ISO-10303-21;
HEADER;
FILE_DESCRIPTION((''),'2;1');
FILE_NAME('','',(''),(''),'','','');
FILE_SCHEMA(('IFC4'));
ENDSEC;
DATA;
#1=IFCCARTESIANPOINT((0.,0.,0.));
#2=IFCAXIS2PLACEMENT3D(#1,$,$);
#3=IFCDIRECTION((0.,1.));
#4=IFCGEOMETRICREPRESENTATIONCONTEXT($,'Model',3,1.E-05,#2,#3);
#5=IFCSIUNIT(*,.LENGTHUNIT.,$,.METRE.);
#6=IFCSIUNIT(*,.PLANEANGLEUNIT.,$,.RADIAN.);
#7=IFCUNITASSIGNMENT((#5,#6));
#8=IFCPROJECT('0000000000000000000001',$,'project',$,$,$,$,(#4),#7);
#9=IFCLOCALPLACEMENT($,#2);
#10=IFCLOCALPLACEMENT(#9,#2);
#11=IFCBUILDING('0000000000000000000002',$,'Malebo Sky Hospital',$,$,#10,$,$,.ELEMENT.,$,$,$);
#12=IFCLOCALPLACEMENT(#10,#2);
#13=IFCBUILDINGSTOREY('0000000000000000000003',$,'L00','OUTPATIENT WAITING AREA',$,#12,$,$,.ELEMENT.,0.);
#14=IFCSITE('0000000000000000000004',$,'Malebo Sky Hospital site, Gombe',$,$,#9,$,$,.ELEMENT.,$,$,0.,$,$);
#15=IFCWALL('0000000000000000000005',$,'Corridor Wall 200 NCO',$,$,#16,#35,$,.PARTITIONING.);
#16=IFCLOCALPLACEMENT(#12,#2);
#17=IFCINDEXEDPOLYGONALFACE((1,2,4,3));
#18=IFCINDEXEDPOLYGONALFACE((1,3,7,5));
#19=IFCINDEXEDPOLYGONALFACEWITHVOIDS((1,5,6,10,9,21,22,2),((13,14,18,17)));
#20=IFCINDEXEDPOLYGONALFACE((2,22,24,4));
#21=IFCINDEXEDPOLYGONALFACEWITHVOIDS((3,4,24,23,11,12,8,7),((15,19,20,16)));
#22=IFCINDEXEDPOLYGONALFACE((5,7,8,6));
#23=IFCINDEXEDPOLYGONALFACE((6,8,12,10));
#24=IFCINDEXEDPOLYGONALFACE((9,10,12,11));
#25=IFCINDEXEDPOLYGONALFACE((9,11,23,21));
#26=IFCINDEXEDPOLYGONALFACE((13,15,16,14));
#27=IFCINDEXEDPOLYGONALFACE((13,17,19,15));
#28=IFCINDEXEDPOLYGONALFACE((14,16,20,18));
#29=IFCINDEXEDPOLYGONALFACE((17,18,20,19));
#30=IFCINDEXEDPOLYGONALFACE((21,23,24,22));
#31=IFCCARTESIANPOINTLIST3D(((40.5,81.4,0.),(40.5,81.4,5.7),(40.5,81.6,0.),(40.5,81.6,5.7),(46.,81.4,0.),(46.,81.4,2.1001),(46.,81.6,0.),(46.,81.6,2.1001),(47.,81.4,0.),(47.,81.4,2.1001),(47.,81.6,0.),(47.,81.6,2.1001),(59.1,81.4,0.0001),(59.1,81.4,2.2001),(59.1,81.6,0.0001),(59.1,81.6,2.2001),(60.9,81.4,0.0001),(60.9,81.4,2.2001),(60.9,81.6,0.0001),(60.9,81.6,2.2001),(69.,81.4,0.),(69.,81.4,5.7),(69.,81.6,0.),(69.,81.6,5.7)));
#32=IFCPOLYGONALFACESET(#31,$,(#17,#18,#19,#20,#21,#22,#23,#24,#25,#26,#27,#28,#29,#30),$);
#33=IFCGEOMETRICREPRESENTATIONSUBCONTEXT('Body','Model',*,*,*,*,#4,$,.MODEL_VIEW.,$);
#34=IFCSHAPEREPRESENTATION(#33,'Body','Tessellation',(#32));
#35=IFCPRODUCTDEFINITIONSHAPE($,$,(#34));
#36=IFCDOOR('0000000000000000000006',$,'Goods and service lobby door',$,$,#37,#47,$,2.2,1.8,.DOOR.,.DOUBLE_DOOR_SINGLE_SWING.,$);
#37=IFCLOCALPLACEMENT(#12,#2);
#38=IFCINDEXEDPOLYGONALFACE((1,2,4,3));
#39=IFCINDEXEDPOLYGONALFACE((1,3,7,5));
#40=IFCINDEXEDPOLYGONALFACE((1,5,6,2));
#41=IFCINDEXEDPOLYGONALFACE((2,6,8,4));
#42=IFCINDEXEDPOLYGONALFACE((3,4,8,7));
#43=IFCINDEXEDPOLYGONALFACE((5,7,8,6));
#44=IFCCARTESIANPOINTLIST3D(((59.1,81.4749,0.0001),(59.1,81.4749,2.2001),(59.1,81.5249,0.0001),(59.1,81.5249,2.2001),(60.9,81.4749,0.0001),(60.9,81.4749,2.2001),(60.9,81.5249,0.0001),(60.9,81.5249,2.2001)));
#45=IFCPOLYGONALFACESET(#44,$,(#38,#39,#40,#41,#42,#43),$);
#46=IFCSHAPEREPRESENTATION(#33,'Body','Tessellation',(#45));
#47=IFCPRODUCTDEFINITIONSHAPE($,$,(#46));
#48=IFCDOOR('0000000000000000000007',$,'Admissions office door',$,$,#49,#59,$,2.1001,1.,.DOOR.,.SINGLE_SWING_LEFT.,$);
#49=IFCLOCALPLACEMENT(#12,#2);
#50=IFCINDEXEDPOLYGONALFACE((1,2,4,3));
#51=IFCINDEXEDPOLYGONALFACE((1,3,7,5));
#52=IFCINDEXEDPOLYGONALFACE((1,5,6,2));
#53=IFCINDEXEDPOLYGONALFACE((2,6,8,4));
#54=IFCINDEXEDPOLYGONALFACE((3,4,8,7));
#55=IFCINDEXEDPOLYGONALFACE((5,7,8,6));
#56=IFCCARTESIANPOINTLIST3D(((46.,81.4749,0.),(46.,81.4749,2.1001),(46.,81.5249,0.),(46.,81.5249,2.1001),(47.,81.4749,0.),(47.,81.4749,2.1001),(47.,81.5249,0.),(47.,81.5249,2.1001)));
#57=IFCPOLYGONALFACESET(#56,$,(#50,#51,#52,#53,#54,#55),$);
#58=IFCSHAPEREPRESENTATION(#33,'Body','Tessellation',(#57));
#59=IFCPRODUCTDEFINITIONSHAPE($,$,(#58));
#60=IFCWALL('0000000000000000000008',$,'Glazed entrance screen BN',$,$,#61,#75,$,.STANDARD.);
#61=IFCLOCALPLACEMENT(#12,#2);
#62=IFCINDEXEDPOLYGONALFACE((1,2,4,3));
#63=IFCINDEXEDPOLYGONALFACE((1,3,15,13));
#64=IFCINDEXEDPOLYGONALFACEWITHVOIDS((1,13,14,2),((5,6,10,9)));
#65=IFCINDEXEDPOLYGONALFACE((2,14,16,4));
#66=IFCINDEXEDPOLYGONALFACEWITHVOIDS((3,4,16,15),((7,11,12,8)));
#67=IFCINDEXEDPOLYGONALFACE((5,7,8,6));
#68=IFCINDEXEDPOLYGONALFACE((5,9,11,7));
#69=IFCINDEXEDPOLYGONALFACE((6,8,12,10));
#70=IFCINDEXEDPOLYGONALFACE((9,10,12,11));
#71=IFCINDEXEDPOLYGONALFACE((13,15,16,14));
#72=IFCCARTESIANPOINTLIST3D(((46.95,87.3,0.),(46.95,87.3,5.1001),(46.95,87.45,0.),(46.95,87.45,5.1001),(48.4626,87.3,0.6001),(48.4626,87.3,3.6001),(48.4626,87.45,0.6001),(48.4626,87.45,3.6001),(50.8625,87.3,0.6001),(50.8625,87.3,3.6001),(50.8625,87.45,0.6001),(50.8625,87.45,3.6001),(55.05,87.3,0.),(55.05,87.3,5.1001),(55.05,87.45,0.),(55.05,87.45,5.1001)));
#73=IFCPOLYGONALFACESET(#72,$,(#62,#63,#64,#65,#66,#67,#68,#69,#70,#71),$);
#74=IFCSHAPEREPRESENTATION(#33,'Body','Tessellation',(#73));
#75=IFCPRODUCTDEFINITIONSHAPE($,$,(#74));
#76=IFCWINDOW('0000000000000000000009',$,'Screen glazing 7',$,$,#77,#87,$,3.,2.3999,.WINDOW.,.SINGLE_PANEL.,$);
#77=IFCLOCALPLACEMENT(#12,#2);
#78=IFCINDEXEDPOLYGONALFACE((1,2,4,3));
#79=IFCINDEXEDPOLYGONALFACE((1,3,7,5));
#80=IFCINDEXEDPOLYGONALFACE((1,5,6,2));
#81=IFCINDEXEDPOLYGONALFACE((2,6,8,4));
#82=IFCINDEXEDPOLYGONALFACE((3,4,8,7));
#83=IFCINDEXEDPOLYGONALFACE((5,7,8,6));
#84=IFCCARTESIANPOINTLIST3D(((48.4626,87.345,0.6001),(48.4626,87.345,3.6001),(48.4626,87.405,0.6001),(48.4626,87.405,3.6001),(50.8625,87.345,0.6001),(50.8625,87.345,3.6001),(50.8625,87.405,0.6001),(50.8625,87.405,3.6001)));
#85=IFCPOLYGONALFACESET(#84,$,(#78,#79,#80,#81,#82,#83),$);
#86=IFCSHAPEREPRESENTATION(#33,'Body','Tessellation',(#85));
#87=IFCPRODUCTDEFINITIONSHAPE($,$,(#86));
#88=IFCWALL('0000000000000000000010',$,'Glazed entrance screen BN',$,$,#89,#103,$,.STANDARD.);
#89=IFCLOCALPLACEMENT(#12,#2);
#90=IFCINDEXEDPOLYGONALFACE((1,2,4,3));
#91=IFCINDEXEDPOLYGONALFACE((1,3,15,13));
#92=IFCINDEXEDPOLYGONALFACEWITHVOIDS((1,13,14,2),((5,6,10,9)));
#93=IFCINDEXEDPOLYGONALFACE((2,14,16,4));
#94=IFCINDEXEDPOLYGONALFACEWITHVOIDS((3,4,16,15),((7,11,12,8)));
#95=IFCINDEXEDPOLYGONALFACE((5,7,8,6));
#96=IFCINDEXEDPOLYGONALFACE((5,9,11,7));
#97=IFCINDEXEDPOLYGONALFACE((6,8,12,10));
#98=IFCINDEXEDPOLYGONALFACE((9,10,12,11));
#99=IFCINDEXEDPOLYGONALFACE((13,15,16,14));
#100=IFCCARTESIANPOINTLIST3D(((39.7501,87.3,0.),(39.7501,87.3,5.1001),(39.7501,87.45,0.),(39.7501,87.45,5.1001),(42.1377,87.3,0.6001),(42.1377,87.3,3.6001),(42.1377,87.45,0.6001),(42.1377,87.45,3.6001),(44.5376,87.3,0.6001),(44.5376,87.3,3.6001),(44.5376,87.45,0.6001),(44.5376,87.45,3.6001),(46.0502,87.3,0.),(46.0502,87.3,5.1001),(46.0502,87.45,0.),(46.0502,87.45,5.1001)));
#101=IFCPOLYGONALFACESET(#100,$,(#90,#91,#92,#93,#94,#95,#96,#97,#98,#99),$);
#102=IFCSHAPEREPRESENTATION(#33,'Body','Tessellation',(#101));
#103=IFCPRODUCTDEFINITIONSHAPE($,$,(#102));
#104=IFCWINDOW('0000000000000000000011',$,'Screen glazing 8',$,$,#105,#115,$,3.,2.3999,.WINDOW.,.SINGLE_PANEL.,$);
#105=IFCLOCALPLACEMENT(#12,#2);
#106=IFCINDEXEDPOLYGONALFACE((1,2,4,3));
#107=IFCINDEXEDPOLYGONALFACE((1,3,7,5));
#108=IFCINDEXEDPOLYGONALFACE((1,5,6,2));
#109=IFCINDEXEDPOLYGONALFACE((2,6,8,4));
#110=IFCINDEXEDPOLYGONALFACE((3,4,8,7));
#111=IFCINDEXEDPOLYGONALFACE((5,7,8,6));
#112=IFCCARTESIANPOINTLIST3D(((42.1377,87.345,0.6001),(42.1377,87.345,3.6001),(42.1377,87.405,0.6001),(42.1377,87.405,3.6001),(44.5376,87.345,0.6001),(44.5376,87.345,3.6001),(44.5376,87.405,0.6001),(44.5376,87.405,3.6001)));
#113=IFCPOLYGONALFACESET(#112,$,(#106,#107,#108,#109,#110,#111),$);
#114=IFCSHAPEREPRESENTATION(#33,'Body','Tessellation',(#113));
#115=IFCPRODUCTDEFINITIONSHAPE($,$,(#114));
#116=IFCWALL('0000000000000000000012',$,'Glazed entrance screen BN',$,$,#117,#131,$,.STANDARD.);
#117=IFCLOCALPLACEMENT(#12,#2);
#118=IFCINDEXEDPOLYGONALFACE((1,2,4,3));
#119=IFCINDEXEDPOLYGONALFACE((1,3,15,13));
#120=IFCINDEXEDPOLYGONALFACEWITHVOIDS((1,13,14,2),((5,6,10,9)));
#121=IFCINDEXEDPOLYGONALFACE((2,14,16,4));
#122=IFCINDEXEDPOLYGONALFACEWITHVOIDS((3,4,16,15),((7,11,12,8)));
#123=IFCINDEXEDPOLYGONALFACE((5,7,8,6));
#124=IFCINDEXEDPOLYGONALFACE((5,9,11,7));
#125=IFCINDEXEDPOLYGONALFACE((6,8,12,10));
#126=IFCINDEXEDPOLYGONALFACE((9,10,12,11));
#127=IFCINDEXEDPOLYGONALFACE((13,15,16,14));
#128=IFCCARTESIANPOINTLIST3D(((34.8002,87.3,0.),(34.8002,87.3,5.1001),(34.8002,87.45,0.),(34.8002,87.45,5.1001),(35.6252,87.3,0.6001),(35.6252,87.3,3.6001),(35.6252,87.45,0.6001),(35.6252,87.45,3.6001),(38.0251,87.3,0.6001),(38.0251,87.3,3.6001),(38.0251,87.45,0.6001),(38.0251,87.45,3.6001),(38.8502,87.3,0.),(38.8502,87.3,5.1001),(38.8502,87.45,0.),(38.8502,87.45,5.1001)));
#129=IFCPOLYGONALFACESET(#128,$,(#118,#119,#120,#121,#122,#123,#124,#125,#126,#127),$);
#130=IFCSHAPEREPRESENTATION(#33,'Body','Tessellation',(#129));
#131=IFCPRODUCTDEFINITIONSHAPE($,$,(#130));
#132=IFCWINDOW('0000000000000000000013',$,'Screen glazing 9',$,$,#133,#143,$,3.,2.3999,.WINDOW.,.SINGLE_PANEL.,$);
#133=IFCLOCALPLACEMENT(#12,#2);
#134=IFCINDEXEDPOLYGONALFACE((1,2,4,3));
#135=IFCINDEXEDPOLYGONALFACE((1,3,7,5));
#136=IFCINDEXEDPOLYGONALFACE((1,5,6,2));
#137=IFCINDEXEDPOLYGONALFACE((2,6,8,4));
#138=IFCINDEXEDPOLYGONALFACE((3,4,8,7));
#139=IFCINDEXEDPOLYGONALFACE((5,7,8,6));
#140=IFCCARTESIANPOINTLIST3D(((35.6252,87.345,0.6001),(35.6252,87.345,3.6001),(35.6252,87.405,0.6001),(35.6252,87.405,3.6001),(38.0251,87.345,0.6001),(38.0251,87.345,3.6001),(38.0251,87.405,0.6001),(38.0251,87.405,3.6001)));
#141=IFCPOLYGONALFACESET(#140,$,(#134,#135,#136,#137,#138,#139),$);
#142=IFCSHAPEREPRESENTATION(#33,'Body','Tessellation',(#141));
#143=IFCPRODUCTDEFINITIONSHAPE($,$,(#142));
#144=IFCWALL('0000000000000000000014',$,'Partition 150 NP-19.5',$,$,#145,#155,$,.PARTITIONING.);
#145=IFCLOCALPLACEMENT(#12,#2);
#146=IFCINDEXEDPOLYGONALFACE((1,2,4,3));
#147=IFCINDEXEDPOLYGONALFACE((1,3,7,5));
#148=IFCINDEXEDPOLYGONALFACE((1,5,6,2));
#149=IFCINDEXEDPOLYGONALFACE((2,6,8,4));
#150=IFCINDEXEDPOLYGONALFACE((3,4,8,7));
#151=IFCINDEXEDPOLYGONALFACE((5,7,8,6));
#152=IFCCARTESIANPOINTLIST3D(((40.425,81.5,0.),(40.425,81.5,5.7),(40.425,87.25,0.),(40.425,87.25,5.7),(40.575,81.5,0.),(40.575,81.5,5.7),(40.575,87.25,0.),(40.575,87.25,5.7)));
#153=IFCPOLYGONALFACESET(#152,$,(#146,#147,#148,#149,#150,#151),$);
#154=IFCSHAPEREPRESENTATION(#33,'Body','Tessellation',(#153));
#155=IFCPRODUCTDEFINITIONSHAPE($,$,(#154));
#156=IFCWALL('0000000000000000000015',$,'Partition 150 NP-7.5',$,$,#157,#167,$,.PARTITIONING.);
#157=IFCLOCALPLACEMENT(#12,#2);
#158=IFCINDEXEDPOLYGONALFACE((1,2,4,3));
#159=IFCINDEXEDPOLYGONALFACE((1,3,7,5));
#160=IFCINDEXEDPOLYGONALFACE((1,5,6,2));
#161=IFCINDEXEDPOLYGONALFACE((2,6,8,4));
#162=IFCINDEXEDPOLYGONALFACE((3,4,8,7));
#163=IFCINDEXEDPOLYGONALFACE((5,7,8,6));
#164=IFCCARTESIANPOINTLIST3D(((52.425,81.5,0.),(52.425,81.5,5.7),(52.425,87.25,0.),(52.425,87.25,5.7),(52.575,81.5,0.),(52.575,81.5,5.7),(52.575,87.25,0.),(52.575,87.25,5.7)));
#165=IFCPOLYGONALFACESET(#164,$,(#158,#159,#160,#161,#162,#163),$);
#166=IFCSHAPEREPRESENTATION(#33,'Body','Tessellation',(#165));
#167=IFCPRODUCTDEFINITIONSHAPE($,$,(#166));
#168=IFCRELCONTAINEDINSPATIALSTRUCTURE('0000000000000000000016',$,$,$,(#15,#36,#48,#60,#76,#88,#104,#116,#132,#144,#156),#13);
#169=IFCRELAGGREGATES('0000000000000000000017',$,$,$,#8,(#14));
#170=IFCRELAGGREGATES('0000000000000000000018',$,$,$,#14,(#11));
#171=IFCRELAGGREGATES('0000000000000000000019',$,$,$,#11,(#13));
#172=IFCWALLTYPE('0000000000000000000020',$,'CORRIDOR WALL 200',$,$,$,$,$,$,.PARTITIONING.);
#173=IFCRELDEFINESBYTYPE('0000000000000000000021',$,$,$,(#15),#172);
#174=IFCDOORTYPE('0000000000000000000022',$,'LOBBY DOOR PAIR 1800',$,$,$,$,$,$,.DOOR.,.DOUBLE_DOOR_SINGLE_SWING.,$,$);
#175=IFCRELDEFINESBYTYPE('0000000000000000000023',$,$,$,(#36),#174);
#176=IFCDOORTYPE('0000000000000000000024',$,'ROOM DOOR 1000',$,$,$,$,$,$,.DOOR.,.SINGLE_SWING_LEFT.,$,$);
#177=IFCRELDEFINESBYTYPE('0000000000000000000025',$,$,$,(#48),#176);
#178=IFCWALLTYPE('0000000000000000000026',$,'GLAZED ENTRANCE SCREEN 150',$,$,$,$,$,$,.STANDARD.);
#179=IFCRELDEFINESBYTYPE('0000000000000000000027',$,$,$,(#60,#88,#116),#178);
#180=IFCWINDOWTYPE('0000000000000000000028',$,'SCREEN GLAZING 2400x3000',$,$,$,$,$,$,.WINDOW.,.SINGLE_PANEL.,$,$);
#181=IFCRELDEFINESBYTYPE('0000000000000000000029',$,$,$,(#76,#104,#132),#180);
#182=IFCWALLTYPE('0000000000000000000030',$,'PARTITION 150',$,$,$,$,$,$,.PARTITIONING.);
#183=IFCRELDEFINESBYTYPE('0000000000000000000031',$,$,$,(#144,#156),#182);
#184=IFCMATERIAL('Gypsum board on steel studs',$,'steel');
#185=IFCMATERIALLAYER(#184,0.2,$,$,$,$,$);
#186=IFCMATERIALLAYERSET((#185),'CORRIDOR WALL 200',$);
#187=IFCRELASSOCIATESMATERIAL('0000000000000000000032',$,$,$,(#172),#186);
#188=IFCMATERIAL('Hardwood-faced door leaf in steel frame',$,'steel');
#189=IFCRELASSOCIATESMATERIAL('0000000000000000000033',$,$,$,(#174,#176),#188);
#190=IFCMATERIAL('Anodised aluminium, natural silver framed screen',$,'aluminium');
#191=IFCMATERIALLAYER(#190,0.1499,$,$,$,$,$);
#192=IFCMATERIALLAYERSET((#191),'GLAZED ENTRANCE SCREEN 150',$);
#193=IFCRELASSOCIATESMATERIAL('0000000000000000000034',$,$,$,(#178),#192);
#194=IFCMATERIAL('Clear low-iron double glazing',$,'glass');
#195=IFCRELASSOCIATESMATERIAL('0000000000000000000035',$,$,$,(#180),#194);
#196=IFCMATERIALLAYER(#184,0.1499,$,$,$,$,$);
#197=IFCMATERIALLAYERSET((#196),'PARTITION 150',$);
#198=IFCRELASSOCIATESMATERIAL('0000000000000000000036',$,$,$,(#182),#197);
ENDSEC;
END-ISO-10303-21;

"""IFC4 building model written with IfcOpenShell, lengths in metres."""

from ifc_helpers import new_model, si_unit, direction, frame, frame_2d, origin, place, context, subcontext, project, spatial, rectangle, extrude, material, layer, layer_set, type_object, element, fill, save


model = new_model("IFC4")

# Units and contexts
model_context = context("Model", 3, precision=1e-05, world=origin(), true_north=direction((0.0, 1.0)))
body_context = subcontext(model_context, "Body", "Model", "MODEL_VIEW")
ifc_project = project(units=[si_unit("LENGTHUNIT", "METRE"), si_unit("PLANEANGLEUNIT", "RADIAN")], contexts=[model_context])

# Site, building, storey
site_placement = place(None, origin())
site = spatial("IfcSite", under=ifc_project, at=site_placement, Name="Malebo Sky Hospital site, Gombe", CompositionType="ELEMENT", RefElevation=0.0)
building_placement = place(site_placement, origin())
building = spatial("IfcBuilding", under=site, at=building_placement, Name="Malebo Sky Hospital", CompositionType="ELEMENT")
storey_placement = place(building_placement, origin())
storey = spatial("IfcBuildingStorey", under=building, at=storey_placement, Name="L00", Description="OUTPATIENT WAITING AREA", CompositionType="ELEMENT", Elevation=0.0)

# Wall, openings, doors
ifc_material_1 = material(Name="Gypsum board on steel studs", Category="steel")
ifc_layer_1 = layer(ifc_material_1, 0.2)
ifc_layer_set_1 = layer_set([ifc_layer_1], Name="CORRIDOR WALL 200")
wall_type_1 = type_object("IfcWallType", Name="CORRIDOR WALL 200", PredefinedType="PARTITIONING", material=ifc_layer_set_1)
wall_1_placement = place(storey_placement, frame((40.5, 81.5, 0.0), z_axis=(0.0, 0.0, 1.0), x_axis=(1.0, 0.0, 0.0)))
wall_1 = element("IfcWall", 1, at=wall_1_placement, inside=storey, type_object=wall_type_1, Name="Corridor Wall 200 NCO", PredefinedType="PARTITIONING", context=body_context, shape_type="SweptSolid", body=[
    extrude(rectangle(XDim=28.5, YDim=0.2, at=frame_2d((14.25, 0.0))), origin(), (0.0, 0.0, 1.0), 5.7),
])
opening_1_placement = place(wall_1_placement, frame((5.5, 0.0, 0.0)))
opening_1 = element("IfcOpeningElement", 2, at=opening_1_placement, cuts=wall_1, PredefinedType="OPENING", context=body_context, shape_type="SweptSolid", body=[
    extrude(rectangle(XDim=1.0, YDim=2.1001, at=frame_2d((0.5, 1.05))), frame((0.0, 0.1099, 0.0), z_axis=(0.0, -1.0, 0.0), x_axis=(1.0, 0.0, 0.0)), (0.0, 0.0, 1.0), 0.22),
])
opening_2_placement = place(wall_1_placement, frame((18.6001, 0.0, 0.0)))
opening_2 = element("IfcOpeningElement", 3, at=opening_2_placement, cuts=wall_1, PredefinedType="OPENING", context=body_context, shape_type="SweptSolid", body=[
    extrude(rectangle(XDim=1.8, YDim=2.2, at=frame_2d((0.8999, 1.1001))), frame((0.0, 0.1099, 0.0), z_axis=(0.0, -1.0, 0.0), x_axis=(1.0, 0.0, 0.0)), (0.0, 0.0, 1.0), 0.22),
])
ifc_material_2 = material(Name="Hardwood-faced door leaf in steel frame", Category="steel")
door_type_1 = type_object("IfcDoorType", Name="LOBBY DOOR PAIR 1800", OperationType="DOUBLE_DOOR_SINGLE_SWING", PredefinedType="DOOR", material=ifc_material_2)
door_1_placement = place(opening_2_placement, origin())
door_1 = element("IfcDoor", 4, at=door_1_placement, inside=storey, type_object=door_type_1, Name="Goods and service lobby door", OperationType="DOUBLE_DOOR_SINGLE_SWING", OverallHeight=2.2, OverallWidth=1.8, PredefinedType="DOOR", context=body_context, shape_type="SweptSolid", body=[
    extrude(rectangle(XDim=1.8, YDim=2.2, at=frame_2d((0.8999, 1.1001))), frame((0.0, 0.0249, 0.0), z_axis=(0.0, -1.0, 0.0), x_axis=(1.0, 0.0, 0.0)), (0.0, 0.0, 1.0), 0.05),
])
fill(opening_2, door_1)
door_type_2 = type_object("IfcDoorType", Name="ROOM DOOR 1000", OperationType="SINGLE_SWING_LEFT", PredefinedType="DOOR", material=ifc_material_2)
door_2_placement = place(opening_1_placement, origin())
door_2 = element("IfcDoor", 5, at=door_2_placement, inside=storey, type_object=door_type_2, Name="Admissions office door", OperationType="SINGLE_SWING_LEFT", OverallHeight=2.1001, OverallWidth=1.0, PredefinedType="DOOR", context=body_context, shape_type="SweptSolid", body=[
    extrude(rectangle(XDim=1.0, YDim=2.1001, at=frame_2d((0.5, 1.05))), frame((0.0, 0.0249, 0.0), z_axis=(0.0, -1.0, 0.0), x_axis=(1.0, 0.0, 0.0)), (0.0, 0.0, 1.0), 0.05),
])
fill(opening_1, door_2)

# Walls, openings, windows
ifc_material_3 = material(Name="Anodised aluminium, natural silver framed screen", Category="aluminium")
ifc_layer_2 = layer(ifc_material_3, 0.1499)
ifc_layer_set_2 = layer_set([ifc_layer_2], Name="GLAZED ENTRANCE SCREEN 150")
wall_type_2 = type_object("IfcWallType", Name="GLAZED ENTRANCE SCREEN 150", PredefinedType="STANDARD", material=ifc_layer_set_2)
wall_2_placement = place(storey_placement, frame((55.05, 87.375, 0.0), z_axis=(0.0, 0.0, 1.0), x_axis=(-1.0, 0.0, 0.0)))
wall_2 = element("IfcWall", 6, at=wall_2_placement, inside=storey, type_object=wall_type_2, Name="Glazed entrance screen BN", PredefinedType="STANDARD", context=body_context, shape_type="SweptSolid", body=[
    extrude(rectangle(XDim=8.1001, YDim=0.1499, at=frame_2d((4.05, 0.0))), origin(), (0.0, 0.0, 1.0), 5.1001),
])
opening_3_placement = place(wall_2_placement, frame((4.1875, 0.0, 0.6001)))
opening_3 = element("IfcOpeningElement", 7, at=opening_3_placement, cuts=wall_2, PredefinedType="OPENING", context=body_context, shape_type="SweptSolid", body=[
    extrude(rectangle(XDim=2.3999, YDim=3.0, at=frame_2d((1.2, 1.5))), frame((0.0, 0.085, 0.0), z_axis=(0.0, -1.0, 0.0), x_axis=(1.0, 0.0, 0.0)), (0.0, 0.0, 1.0), 0.1699),
])
ifc_material_4 = material(Name="Clear low-iron double glazing", Category="glass")
window_type = type_object("IfcWindowType", Name="SCREEN GLAZING 2400x3000", PartitioningType="SINGLE_PANEL", PredefinedType="WINDOW", material=ifc_material_4)
window_1_placement = place(opening_3_placement, origin())
window_1 = element("IfcWindow", 8, at=window_1_placement, inside=storey, type_object=window_type, Name="Screen glazing 7", OverallHeight=3.0, OverallWidth=2.3999, PartitioningType="SINGLE_PANEL", PredefinedType="WINDOW", context=body_context, shape_type="SweptSolid", body=[
    extrude(rectangle(XDim=2.3999, YDim=3.0, at=frame_2d((1.2, 1.5))), frame((0.0, 0.03, 0.0), z_axis=(0.0, -1.0, 0.0), x_axis=(1.0, 0.0, 0.0)), (0.0, 0.0, 1.0), 0.0601),
])
fill(opening_3, window_1)
wall_3_placement = place(storey_placement, frame((46.05, 87.375, 0.0), z_axis=(0.0, 0.0, 1.0), x_axis=(-1.0, 0.0, 0.0)))
wall_3 = element("IfcWall", 9, at=wall_3_placement, inside=storey, type_object=wall_type_2, Name="Glazed entrance screen BN", PredefinedType="STANDARD", context=body_context, shape_type="SweptSolid", body=[
    extrude(rectangle(XDim=6.3, YDim=0.1499, at=frame_2d((3.1499, 0.0))), origin(), (0.0, 0.0, 1.0), 5.1001),
])
opening_4_placement = place(wall_3_placement, frame((1.5125, 0.0, 0.6001)))
opening_4 = element("IfcOpeningElement", 10, at=opening_4_placement, cuts=wall_3, PredefinedType="OPENING", context=body_context, shape_type="SweptSolid", body=[
    extrude(rectangle(XDim=2.3999, YDim=3.0, at=frame_2d((1.2, 1.5))), frame((0.0, 0.085, 0.0), z_axis=(0.0, -1.0, 0.0), x_axis=(1.0, 0.0, 0.0)), (0.0, 0.0, 1.0), 0.1699),
])
window_2_placement = place(opening_4_placement, origin())
window_2 = element("IfcWindow", 11, at=window_2_placement, inside=storey, type_object=window_type, Name="Screen glazing 8", OverallHeight=3.0, OverallWidth=2.3999, PartitioningType="SINGLE_PANEL", PredefinedType="WINDOW", context=body_context, shape_type="SweptSolid", body=[
    extrude(rectangle(XDim=2.3999, YDim=3.0, at=frame_2d((1.2, 1.5))), frame((0.0, 0.03, 0.0), z_axis=(0.0, -1.0, 0.0), x_axis=(1.0, 0.0, 0.0)), (0.0, 0.0, 1.0), 0.0601),
])
fill(opening_4, window_2)
wall_4_placement = place(storey_placement, frame((38.8501, 87.375, 0.0), z_axis=(0.0, 0.0, 1.0), x_axis=(-1.0, 0.0, 0.0)))
wall_4 = element("IfcWall", 12, at=wall_4_placement, inside=storey, type_object=wall_type_2, Name="Glazed entrance screen BN", PredefinedType="STANDARD", context=body_context, shape_type="SweptSolid", body=[
    extrude(rectangle(XDim=4.05, YDim=0.1499, at=frame_2d((2.0249, 0.0))), origin(), (0.0, 0.0, 1.0), 5.1001),
])
opening_5_placement = place(wall_4_placement, frame((0.825, 0.0, 0.6001)))
opening_5 = element("IfcOpeningElement", 13, at=opening_5_placement, cuts=wall_4, PredefinedType="OPENING", context=body_context, shape_type="SweptSolid", body=[
    extrude(rectangle(XDim=2.3999, YDim=3.0, at=frame_2d((1.2, 1.5))), frame((0.0, 0.085, 0.0), z_axis=(0.0, -1.0, 0.0), x_axis=(1.0, 0.0, 0.0)), (0.0, 0.0, 1.0), 0.1699),
])
window_3_placement = place(opening_5_placement, origin())
window_3 = element("IfcWindow", 14, at=window_3_placement, inside=storey, type_object=window_type, Name="Screen glazing 9", OverallHeight=3.0, OverallWidth=2.3999, PartitioningType="SINGLE_PANEL", PredefinedType="WINDOW", context=body_context, shape_type="SweptSolid", body=[
    extrude(rectangle(XDim=2.3999, YDim=3.0, at=frame_2d((1.2, 1.5))), frame((0.0, 0.03, 0.0), z_axis=(0.0, -1.0, 0.0), x_axis=(1.0, 0.0, 0.0)), (0.0, 0.0, 1.0), 0.0601),
])
fill(opening_5, window_3)

# Walls
ifc_layer_3 = layer(ifc_material_1, 0.1499)
ifc_layer_set_3 = layer_set([ifc_layer_3], Name="PARTITION 150")
wall_type_3 = type_object("IfcWallType", Name="PARTITION 150", PredefinedType="PARTITIONING", material=ifc_layer_set_3)
for number, where, z_axis, x_axis, name in (
    (15, (40.5, 81.5, 0.0), (0.0, 0.0, 1.0), (0.0, 1.0, 0.0), "Partition 150 NP-19.5"),
    (16, (52.5, 81.5, 0.0), (0.0, 0.0, 1.0), (0.0, 1.0, 0.0), "Partition 150 NP-7.5"),
):
    element("IfcWall", number, at=place(storey_placement, frame(where, z_axis=z_axis, x_axis=x_axis)), inside=storey, type_object=wall_type_3, Name=name, PredefinedType="PARTITIONING", context=body_context, shape_type="SweptSolid", body=[
        extrude(rectangle(XDim=5.75, YDim=0.1499, at=frame_2d((2.875, 0.0))), origin(), (0.0, 0.0, 1.0), 5.7),
    ])

save(model, "model.ifc")
